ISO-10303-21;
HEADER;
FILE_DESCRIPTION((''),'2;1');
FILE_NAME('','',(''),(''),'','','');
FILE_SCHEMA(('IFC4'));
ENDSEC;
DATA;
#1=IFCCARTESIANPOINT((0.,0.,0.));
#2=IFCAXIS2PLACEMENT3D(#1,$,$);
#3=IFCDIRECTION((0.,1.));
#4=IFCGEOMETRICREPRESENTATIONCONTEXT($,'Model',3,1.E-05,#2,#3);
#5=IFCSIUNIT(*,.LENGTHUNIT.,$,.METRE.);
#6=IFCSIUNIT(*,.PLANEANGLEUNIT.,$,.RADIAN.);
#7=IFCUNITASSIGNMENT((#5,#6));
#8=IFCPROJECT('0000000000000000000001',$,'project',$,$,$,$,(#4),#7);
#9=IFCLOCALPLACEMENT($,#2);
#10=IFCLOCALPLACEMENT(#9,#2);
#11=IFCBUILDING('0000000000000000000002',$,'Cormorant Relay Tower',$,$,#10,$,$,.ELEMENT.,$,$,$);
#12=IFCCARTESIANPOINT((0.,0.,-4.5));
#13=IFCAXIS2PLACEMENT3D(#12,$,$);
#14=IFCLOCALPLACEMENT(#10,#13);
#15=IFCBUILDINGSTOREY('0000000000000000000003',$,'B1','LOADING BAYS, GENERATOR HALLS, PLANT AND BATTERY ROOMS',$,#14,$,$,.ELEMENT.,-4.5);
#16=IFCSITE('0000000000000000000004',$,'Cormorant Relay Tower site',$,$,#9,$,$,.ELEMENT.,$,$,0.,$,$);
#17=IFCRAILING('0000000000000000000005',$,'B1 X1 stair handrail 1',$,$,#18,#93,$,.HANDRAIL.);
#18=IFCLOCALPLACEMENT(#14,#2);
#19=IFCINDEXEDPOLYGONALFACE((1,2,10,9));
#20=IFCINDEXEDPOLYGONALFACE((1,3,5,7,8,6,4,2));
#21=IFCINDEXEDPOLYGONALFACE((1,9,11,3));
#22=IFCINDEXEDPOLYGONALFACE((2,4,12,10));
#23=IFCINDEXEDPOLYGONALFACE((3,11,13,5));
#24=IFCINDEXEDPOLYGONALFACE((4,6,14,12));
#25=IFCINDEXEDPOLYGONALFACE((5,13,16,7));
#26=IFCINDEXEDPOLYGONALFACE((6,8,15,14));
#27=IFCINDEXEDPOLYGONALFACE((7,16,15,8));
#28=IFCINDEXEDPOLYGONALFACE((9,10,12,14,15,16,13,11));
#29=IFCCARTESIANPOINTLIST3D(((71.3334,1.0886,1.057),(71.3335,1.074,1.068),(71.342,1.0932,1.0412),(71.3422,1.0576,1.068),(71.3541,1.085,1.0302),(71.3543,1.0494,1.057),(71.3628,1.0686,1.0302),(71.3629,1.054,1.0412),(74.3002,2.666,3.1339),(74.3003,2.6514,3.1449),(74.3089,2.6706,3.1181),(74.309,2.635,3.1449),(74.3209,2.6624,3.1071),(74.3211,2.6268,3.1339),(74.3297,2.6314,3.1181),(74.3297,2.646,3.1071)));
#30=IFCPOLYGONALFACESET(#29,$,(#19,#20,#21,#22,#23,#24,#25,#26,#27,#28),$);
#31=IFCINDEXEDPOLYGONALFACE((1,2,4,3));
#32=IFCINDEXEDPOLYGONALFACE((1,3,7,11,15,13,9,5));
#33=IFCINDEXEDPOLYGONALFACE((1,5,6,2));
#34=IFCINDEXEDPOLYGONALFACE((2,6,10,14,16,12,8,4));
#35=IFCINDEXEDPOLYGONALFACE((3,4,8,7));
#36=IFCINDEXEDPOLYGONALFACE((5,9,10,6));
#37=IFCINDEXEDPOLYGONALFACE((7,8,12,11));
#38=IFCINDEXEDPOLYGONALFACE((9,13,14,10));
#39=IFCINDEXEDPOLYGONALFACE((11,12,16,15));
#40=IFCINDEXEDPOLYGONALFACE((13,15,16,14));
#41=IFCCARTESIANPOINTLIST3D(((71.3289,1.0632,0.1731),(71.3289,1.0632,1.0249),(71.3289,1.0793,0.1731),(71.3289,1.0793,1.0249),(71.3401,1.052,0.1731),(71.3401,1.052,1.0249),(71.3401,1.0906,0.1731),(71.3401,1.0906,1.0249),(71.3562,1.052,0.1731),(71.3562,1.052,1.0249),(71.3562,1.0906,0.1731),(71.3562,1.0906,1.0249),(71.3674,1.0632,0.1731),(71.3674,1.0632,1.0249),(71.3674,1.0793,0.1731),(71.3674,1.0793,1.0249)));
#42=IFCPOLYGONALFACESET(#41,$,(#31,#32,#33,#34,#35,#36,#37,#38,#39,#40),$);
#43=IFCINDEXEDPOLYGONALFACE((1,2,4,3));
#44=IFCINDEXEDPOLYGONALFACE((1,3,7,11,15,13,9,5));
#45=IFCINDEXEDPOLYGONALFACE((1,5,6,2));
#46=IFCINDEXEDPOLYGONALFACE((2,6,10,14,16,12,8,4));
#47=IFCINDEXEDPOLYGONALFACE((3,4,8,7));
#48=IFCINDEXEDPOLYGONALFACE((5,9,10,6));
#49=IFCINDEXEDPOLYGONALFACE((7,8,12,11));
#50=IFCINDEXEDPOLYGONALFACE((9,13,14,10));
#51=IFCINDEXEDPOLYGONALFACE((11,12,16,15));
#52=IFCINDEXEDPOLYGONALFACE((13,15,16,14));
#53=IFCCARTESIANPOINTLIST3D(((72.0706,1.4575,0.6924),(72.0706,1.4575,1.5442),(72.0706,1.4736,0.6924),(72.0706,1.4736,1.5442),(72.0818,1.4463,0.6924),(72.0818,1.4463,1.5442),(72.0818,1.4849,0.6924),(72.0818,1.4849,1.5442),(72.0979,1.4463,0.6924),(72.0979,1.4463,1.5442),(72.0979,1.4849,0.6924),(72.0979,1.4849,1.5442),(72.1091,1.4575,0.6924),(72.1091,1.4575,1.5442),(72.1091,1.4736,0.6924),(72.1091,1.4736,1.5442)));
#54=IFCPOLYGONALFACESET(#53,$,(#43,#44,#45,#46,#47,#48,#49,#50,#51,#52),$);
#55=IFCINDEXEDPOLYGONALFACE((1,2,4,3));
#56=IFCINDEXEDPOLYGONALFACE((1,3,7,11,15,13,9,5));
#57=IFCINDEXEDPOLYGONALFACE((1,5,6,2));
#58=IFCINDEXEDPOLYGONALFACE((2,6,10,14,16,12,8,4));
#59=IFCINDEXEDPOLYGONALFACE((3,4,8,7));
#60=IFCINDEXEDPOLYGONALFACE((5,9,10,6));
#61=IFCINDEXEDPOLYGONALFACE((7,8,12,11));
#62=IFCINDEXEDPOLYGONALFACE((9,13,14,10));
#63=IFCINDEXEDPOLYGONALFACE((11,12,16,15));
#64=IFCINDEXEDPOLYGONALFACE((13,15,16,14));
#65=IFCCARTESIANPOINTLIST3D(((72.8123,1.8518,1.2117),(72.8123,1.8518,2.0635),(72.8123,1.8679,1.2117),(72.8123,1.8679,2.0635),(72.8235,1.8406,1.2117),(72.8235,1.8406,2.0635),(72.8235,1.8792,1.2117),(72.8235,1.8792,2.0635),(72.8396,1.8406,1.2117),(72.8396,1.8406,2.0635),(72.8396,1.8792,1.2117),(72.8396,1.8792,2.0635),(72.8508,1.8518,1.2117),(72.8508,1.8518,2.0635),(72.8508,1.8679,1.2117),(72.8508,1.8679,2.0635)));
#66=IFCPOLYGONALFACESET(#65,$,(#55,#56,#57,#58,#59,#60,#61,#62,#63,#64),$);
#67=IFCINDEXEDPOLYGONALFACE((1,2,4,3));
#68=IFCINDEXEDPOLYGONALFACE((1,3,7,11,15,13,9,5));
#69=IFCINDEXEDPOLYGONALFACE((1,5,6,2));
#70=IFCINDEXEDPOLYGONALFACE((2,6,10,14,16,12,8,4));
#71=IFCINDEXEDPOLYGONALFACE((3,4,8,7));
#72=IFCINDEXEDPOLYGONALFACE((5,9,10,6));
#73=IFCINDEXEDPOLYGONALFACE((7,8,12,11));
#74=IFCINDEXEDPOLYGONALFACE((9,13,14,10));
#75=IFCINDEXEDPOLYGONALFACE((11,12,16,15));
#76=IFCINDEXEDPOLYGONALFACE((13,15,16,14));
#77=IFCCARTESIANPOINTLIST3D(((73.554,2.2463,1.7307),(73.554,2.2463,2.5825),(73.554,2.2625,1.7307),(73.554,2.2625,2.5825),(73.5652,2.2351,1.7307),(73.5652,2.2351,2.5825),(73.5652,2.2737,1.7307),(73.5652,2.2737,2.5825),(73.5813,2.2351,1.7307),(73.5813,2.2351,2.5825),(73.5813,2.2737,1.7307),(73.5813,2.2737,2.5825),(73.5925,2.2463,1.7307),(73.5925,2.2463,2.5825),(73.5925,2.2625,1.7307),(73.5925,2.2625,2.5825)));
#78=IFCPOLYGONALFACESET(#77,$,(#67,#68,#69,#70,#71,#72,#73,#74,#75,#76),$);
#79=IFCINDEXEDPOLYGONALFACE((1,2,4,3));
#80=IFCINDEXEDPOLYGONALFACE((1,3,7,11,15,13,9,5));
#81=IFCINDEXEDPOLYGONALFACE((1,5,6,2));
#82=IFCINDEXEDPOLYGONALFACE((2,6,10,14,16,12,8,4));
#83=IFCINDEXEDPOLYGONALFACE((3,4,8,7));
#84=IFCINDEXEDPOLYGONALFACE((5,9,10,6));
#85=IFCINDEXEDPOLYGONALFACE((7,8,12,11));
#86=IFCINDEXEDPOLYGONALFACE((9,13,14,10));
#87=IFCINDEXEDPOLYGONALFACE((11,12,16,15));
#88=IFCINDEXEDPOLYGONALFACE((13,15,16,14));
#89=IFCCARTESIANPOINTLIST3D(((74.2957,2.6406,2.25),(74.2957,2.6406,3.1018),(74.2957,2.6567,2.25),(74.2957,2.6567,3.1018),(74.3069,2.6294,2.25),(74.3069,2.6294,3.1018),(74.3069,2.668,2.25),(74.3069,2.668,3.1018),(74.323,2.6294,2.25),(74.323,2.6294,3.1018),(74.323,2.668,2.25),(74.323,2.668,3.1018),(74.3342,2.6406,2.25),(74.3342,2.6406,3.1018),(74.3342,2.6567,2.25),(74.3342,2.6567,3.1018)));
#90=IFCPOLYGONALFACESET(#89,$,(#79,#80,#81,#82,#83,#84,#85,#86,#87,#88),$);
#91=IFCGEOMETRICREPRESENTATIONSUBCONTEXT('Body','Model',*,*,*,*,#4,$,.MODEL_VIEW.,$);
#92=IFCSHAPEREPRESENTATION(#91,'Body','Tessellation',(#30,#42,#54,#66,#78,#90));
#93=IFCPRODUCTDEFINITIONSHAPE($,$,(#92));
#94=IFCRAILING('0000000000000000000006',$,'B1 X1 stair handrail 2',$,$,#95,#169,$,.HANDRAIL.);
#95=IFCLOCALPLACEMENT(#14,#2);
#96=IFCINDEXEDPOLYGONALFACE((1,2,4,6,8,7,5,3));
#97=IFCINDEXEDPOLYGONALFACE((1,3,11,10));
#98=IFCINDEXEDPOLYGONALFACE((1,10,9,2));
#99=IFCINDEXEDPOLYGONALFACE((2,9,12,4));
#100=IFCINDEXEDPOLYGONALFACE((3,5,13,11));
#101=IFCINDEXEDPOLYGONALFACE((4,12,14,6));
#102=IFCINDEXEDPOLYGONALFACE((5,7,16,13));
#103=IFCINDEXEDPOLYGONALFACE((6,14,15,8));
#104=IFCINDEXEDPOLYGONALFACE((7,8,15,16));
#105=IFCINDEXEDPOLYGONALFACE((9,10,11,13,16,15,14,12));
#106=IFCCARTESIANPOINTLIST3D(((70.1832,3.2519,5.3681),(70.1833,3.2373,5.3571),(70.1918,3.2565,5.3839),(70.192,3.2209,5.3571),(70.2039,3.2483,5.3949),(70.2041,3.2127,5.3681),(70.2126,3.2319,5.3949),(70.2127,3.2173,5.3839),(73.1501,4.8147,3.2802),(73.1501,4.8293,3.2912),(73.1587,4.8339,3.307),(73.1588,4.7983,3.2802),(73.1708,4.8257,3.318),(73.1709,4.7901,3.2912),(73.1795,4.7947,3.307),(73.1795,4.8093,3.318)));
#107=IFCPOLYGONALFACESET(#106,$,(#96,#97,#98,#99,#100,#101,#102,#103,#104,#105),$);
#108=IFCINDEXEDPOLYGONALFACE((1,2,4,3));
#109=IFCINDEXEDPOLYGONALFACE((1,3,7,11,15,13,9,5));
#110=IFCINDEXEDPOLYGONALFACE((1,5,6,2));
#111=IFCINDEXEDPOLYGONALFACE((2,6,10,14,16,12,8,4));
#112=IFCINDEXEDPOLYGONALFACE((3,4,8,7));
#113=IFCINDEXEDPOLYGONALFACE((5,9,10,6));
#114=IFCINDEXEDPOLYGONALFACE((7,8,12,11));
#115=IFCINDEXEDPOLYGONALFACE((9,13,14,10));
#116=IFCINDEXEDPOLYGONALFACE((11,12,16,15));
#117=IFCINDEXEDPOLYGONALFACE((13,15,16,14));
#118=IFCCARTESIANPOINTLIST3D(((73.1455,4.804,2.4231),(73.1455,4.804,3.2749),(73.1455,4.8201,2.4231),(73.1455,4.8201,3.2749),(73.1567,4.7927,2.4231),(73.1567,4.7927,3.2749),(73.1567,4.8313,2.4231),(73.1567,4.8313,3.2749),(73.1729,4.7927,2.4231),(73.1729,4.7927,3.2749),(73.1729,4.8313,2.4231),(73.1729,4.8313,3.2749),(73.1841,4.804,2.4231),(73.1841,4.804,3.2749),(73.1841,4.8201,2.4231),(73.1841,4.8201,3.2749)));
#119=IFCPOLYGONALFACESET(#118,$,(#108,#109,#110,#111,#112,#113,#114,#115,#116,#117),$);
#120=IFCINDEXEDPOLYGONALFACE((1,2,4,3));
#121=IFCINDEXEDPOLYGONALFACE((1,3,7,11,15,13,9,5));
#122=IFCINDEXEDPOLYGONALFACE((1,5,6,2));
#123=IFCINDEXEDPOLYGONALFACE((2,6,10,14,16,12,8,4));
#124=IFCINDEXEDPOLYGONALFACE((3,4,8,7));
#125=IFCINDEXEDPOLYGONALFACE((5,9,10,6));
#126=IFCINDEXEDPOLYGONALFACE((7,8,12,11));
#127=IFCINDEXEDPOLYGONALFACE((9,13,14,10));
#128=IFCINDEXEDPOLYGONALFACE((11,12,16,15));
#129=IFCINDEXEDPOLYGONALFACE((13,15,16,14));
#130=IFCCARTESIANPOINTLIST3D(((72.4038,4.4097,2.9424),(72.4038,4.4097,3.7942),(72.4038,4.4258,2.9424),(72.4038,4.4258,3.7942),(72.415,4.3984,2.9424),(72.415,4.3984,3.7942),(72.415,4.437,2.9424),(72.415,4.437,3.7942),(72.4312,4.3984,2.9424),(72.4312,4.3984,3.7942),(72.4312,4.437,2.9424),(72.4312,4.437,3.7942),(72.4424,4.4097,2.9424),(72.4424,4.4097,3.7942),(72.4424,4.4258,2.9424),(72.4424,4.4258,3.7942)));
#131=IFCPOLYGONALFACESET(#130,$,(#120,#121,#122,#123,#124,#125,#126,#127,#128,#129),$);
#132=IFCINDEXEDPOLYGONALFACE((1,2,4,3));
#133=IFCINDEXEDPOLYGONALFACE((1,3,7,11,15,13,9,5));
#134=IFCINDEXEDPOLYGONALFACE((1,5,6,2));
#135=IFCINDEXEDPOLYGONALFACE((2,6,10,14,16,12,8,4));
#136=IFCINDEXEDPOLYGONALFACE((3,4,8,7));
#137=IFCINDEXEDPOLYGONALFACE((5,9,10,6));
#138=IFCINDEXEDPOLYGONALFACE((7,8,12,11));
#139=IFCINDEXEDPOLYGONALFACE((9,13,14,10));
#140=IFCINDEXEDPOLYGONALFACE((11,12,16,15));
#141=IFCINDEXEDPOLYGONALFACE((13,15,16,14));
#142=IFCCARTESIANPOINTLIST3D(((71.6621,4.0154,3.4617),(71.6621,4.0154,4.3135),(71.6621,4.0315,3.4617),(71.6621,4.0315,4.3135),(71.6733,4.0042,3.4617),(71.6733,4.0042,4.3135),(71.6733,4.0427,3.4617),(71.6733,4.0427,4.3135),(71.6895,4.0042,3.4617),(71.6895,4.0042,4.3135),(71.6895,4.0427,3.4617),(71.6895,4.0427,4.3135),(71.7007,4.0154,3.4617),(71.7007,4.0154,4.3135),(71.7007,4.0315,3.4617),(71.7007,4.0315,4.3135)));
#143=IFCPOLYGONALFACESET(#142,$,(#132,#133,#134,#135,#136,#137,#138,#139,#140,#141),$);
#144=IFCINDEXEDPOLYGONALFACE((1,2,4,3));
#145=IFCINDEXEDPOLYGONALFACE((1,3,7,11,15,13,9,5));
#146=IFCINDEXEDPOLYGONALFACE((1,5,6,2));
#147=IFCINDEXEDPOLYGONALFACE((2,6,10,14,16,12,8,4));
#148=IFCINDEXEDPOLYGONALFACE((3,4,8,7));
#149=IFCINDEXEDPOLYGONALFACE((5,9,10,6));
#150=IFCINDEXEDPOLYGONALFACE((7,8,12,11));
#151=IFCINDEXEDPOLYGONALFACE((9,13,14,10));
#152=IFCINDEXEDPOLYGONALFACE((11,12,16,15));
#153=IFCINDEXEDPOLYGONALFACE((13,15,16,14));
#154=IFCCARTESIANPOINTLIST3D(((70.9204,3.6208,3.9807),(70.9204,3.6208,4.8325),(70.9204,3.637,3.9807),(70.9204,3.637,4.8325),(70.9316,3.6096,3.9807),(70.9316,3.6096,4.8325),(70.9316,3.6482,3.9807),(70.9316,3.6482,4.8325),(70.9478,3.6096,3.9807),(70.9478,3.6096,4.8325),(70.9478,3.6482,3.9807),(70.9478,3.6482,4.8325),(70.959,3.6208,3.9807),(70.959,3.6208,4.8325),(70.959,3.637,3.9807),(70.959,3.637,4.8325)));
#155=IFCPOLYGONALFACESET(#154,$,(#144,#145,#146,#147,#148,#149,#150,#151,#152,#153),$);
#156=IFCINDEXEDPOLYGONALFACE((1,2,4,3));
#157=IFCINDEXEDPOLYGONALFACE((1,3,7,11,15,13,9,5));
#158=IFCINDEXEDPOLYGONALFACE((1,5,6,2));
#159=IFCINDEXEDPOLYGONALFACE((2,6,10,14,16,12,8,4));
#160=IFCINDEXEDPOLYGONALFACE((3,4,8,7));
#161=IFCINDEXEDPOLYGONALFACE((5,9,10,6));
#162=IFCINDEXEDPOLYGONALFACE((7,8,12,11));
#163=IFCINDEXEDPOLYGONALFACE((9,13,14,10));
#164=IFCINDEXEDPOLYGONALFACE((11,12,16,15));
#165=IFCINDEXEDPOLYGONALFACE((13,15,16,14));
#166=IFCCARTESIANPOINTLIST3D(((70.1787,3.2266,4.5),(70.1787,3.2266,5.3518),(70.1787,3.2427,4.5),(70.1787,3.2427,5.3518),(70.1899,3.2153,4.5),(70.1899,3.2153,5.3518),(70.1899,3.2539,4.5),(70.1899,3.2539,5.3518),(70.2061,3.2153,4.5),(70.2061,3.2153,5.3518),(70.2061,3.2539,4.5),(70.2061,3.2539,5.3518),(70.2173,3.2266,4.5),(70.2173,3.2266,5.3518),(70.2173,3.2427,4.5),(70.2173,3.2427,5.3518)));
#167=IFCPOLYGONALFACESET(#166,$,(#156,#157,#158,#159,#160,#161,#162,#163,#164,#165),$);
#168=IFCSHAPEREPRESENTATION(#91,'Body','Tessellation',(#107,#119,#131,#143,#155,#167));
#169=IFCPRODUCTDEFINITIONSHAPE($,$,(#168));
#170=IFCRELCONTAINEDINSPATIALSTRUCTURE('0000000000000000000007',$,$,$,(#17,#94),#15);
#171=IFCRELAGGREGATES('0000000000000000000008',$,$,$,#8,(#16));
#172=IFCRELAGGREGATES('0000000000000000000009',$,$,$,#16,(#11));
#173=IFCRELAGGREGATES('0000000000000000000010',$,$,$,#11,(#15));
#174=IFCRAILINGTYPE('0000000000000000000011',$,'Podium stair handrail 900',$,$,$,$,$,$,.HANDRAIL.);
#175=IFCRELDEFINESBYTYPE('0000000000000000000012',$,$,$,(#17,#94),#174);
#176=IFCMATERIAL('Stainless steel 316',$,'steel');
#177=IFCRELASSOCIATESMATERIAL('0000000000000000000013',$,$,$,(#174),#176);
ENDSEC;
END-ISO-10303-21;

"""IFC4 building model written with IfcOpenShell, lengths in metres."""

from ifc_helpers import new_model, si_unit, direction, frame, origin, place, context, subcontext, project, spatial, polyline, outline, extrude, material, type_object, element, save


model = new_model("IFC4")

# Units and contexts
model_context = context("Model", 3, precision=1e-05, world=origin(), true_north=direction((0.0, 1.0)))
body_context = subcontext(model_context, "Body", "Model", "MODEL_VIEW")
ifc_project = project(units=[si_unit("LENGTHUNIT", "METRE"), si_unit("PLANEANGLEUNIT", "RADIAN")], contexts=[model_context])

# Site, building, storey
site_placement = place(None, origin())
site = spatial("IfcSite", under=ifc_project, at=site_placement, Name="Cormorant Relay Tower site", CompositionType="ELEMENT", RefElevation=0.0)
building_placement = place(site_placement, origin())
building = spatial("IfcBuilding", under=site, at=building_placement, Name="Cormorant Relay Tower", CompositionType="ELEMENT")
storey_placement = place(building_placement, frame((0.0, 0.0, -4.5)))
storey = spatial("IfcBuildingStorey", under=building, at=storey_placement, Name="B1", Description="LOADING BAYS, GENERATOR HALLS, PLANT AND BATTERY ROOMS", CompositionType="ELEMENT", Elevation=-4.5)

# Railings
ifc_material_1 = material(Name="Stainless steel 316", Category="steel")
railing_type_1 = type_object("IfcRailingType", Name="Podium stair handrail 900", PredefinedType="HANDRAIL", material=ifc_material_1)
railing_1_placement = place(storey_placement, frame((71.3481, 1.0713, 0.1731)))
element("IfcRailing", 1, at=railing_1_placement, inside=storey, type_object=railing_type_1, Name="B1 X1 stair handrail 1", PredefinedType="HANDRAIL", context=body_context, shape_type="SweptSolid", body=[
    extrude(outline(polyline([(0.0222, 0.0093), (0.0093, 0.0222), (-0.0093, 0.0222), (-0.0222, 0.0093), (-0.0222, -0.0093), (-0.0093, -0.0222), (0.0093, -0.0222), (0.0222, -0.0093), (0.0222, 0.0093)])), frame((0.0, 0.0, 0.876), z_axis=(0.751062, 0.399326, 0.52578), x_axis=(-0.469453, 0.882958, 0.0)), (0.0, 0.0, 1.0), 3.9502),
    extrude(outline(polyline([(0.0193, 0.0081), (0.0081, 0.0193), (-0.0081, 0.0193), (-0.0193, 0.0081), (-0.0193, -0.0081), (-0.0081, -0.0193), (0.0081, -0.0193), (0.0193, -0.0081), (0.0193, 0.0081)])), origin(), (0.0, 0.0, 1.0), 0.8518),
    extrude(outline(polyline([(0.0193, 0.0081), (0.0081, 0.0193), (-0.0081, 0.0193), (-0.0193, 0.0081), (-0.0193, -0.0081), (-0.0081, -0.0193), (0.0081, -0.0193), (0.0193, -0.0081), (0.0193, 0.0081)])), frame((0.7417, 0.3943, 0.5193)), (0.0, 0.0, 1.0), 0.8518),
    extrude(outline(polyline([(0.0193, 0.0081), (0.0081, 0.0193), (-0.0081, 0.0193), (-0.0193, 0.0081), (-0.0193, -0.0081), (-0.0081, -0.0193), (0.0081, -0.0193), (0.0193, -0.0081), (0.0193, 0.0081)])), frame((1.4834, 0.7886, 1.0386)), (0.0, 0.0, 1.0), 0.8518),
    extrude(outline(polyline([(0.0193, 0.0081), (0.0081, 0.0193), (-0.0081, 0.0193), (-0.0193, 0.0081), (-0.0193, -0.0081), (-0.0081, -0.0193), (0.0081, -0.0193), (0.0193, -0.0081), (0.0193, 0.0081)])), frame((2.2251, 1.1831, 1.5576)), (0.0, 0.0, 1.0), 0.8518),
    extrude(outline(polyline([(0.0193, 0.0081), (0.0081, 0.0193), (-0.0081, 0.0193), (-0.0193, 0.0081), (-0.0193, -0.0081), (-0.0081, -0.0193), (0.0081, -0.0193), (0.0193, -0.0081), (0.0193, 0.0081)])), frame((2.9668, 1.5774, 2.0769)), (0.0, 0.0, 1.0), 0.8518),
])
railing_2_placement = place(storey_placement, frame((73.1648, 4.812, 2.4231)))
element("IfcRailing", 2, at=railing_2_placement, inside=storey, type_object=railing_type_1, Name="B1 X1 stair handrail 2", PredefinedType="HANDRAIL", context=body_context, shape_type="SweptSolid", body=[
    extrude(outline(polyline([(0.0222, 0.0093), (0.0093, 0.0222), (-0.0093, 0.0222), (-0.0222, 0.0093), (-0.0222, -0.0093), (-0.0093, -0.0222), (0.0093, -0.0222), (0.0222, -0.0093), (0.0222, 0.0093)])), frame((0.0, 0.0, 0.876), z_axis=(-0.751062, -0.399326, 0.52578), x_axis=(0.469453, -0.882958, 0.0)), (0.0, 0.0, 1.0), 3.9502),
    extrude(outline(polyline([(0.0193, 0.0081), (0.0081, 0.0193), (-0.0081, 0.0193), (-0.0193, 0.0081), (-0.0193, -0.0081), (-0.0081, -0.0193), (0.0081, -0.0193), (0.0193, -0.0081), (0.0193, 0.0081)])), origin(), (0.0, 0.0, 1.0), 0.8518),
    extrude(outline(polyline([(0.0193, 0.0081), (0.0081, 0.0193), (-0.0081, 0.0193), (-0.0193, 0.0081), (-0.0193, -0.0081), (-0.0081, -0.0193), (0.0081, -0.0193), (0.0193, -0.0081), (0.0193, 0.0081)])), frame((-0.7417, -0.3943, 0.5193)), (0.0, 0.0, 1.0), 0.8518),
    extrude(outline(polyline([(0.0193, 0.0081), (0.0081, 0.0193), (-0.0081, 0.0193), (-0.0193, 0.0081), (-0.0193, -0.0081), (-0.0081, -0.0193), (0.0081, -0.0193), (0.0193, -0.0081), (0.0193, 0.0081)])), frame((-1.4834, -0.7886, 1.0386)), (0.0, 0.0, 1.0), 0.8518),
    extrude(outline(polyline([(0.0193, 0.0081), (0.0081, 0.0193), (-0.0081, 0.0193), (-0.0193, 0.0081), (-0.0193, -0.0081), (-0.0081, -0.0193), (0.0081, -0.0193), (0.0193, -0.0081), (0.0193, 0.0081)])), frame((-2.2251, -1.1831, 1.5576)), (0.0, 0.0, 1.0), 0.8518),
    extrude(outline(polyline([(0.0193, 0.0081), (0.0081, 0.0193), (-0.0081, 0.0193), (-0.0193, 0.0081), (-0.0193, -0.0081), (-0.0081, -0.0193), (0.0081, -0.0193), (0.0193, -0.0081), (0.0193, 0.0081)])), frame((-2.9668, -1.5774, 2.0769)), (0.0, 0.0, 1.0), 0.8518),
])

save(model, "model.ifc")
